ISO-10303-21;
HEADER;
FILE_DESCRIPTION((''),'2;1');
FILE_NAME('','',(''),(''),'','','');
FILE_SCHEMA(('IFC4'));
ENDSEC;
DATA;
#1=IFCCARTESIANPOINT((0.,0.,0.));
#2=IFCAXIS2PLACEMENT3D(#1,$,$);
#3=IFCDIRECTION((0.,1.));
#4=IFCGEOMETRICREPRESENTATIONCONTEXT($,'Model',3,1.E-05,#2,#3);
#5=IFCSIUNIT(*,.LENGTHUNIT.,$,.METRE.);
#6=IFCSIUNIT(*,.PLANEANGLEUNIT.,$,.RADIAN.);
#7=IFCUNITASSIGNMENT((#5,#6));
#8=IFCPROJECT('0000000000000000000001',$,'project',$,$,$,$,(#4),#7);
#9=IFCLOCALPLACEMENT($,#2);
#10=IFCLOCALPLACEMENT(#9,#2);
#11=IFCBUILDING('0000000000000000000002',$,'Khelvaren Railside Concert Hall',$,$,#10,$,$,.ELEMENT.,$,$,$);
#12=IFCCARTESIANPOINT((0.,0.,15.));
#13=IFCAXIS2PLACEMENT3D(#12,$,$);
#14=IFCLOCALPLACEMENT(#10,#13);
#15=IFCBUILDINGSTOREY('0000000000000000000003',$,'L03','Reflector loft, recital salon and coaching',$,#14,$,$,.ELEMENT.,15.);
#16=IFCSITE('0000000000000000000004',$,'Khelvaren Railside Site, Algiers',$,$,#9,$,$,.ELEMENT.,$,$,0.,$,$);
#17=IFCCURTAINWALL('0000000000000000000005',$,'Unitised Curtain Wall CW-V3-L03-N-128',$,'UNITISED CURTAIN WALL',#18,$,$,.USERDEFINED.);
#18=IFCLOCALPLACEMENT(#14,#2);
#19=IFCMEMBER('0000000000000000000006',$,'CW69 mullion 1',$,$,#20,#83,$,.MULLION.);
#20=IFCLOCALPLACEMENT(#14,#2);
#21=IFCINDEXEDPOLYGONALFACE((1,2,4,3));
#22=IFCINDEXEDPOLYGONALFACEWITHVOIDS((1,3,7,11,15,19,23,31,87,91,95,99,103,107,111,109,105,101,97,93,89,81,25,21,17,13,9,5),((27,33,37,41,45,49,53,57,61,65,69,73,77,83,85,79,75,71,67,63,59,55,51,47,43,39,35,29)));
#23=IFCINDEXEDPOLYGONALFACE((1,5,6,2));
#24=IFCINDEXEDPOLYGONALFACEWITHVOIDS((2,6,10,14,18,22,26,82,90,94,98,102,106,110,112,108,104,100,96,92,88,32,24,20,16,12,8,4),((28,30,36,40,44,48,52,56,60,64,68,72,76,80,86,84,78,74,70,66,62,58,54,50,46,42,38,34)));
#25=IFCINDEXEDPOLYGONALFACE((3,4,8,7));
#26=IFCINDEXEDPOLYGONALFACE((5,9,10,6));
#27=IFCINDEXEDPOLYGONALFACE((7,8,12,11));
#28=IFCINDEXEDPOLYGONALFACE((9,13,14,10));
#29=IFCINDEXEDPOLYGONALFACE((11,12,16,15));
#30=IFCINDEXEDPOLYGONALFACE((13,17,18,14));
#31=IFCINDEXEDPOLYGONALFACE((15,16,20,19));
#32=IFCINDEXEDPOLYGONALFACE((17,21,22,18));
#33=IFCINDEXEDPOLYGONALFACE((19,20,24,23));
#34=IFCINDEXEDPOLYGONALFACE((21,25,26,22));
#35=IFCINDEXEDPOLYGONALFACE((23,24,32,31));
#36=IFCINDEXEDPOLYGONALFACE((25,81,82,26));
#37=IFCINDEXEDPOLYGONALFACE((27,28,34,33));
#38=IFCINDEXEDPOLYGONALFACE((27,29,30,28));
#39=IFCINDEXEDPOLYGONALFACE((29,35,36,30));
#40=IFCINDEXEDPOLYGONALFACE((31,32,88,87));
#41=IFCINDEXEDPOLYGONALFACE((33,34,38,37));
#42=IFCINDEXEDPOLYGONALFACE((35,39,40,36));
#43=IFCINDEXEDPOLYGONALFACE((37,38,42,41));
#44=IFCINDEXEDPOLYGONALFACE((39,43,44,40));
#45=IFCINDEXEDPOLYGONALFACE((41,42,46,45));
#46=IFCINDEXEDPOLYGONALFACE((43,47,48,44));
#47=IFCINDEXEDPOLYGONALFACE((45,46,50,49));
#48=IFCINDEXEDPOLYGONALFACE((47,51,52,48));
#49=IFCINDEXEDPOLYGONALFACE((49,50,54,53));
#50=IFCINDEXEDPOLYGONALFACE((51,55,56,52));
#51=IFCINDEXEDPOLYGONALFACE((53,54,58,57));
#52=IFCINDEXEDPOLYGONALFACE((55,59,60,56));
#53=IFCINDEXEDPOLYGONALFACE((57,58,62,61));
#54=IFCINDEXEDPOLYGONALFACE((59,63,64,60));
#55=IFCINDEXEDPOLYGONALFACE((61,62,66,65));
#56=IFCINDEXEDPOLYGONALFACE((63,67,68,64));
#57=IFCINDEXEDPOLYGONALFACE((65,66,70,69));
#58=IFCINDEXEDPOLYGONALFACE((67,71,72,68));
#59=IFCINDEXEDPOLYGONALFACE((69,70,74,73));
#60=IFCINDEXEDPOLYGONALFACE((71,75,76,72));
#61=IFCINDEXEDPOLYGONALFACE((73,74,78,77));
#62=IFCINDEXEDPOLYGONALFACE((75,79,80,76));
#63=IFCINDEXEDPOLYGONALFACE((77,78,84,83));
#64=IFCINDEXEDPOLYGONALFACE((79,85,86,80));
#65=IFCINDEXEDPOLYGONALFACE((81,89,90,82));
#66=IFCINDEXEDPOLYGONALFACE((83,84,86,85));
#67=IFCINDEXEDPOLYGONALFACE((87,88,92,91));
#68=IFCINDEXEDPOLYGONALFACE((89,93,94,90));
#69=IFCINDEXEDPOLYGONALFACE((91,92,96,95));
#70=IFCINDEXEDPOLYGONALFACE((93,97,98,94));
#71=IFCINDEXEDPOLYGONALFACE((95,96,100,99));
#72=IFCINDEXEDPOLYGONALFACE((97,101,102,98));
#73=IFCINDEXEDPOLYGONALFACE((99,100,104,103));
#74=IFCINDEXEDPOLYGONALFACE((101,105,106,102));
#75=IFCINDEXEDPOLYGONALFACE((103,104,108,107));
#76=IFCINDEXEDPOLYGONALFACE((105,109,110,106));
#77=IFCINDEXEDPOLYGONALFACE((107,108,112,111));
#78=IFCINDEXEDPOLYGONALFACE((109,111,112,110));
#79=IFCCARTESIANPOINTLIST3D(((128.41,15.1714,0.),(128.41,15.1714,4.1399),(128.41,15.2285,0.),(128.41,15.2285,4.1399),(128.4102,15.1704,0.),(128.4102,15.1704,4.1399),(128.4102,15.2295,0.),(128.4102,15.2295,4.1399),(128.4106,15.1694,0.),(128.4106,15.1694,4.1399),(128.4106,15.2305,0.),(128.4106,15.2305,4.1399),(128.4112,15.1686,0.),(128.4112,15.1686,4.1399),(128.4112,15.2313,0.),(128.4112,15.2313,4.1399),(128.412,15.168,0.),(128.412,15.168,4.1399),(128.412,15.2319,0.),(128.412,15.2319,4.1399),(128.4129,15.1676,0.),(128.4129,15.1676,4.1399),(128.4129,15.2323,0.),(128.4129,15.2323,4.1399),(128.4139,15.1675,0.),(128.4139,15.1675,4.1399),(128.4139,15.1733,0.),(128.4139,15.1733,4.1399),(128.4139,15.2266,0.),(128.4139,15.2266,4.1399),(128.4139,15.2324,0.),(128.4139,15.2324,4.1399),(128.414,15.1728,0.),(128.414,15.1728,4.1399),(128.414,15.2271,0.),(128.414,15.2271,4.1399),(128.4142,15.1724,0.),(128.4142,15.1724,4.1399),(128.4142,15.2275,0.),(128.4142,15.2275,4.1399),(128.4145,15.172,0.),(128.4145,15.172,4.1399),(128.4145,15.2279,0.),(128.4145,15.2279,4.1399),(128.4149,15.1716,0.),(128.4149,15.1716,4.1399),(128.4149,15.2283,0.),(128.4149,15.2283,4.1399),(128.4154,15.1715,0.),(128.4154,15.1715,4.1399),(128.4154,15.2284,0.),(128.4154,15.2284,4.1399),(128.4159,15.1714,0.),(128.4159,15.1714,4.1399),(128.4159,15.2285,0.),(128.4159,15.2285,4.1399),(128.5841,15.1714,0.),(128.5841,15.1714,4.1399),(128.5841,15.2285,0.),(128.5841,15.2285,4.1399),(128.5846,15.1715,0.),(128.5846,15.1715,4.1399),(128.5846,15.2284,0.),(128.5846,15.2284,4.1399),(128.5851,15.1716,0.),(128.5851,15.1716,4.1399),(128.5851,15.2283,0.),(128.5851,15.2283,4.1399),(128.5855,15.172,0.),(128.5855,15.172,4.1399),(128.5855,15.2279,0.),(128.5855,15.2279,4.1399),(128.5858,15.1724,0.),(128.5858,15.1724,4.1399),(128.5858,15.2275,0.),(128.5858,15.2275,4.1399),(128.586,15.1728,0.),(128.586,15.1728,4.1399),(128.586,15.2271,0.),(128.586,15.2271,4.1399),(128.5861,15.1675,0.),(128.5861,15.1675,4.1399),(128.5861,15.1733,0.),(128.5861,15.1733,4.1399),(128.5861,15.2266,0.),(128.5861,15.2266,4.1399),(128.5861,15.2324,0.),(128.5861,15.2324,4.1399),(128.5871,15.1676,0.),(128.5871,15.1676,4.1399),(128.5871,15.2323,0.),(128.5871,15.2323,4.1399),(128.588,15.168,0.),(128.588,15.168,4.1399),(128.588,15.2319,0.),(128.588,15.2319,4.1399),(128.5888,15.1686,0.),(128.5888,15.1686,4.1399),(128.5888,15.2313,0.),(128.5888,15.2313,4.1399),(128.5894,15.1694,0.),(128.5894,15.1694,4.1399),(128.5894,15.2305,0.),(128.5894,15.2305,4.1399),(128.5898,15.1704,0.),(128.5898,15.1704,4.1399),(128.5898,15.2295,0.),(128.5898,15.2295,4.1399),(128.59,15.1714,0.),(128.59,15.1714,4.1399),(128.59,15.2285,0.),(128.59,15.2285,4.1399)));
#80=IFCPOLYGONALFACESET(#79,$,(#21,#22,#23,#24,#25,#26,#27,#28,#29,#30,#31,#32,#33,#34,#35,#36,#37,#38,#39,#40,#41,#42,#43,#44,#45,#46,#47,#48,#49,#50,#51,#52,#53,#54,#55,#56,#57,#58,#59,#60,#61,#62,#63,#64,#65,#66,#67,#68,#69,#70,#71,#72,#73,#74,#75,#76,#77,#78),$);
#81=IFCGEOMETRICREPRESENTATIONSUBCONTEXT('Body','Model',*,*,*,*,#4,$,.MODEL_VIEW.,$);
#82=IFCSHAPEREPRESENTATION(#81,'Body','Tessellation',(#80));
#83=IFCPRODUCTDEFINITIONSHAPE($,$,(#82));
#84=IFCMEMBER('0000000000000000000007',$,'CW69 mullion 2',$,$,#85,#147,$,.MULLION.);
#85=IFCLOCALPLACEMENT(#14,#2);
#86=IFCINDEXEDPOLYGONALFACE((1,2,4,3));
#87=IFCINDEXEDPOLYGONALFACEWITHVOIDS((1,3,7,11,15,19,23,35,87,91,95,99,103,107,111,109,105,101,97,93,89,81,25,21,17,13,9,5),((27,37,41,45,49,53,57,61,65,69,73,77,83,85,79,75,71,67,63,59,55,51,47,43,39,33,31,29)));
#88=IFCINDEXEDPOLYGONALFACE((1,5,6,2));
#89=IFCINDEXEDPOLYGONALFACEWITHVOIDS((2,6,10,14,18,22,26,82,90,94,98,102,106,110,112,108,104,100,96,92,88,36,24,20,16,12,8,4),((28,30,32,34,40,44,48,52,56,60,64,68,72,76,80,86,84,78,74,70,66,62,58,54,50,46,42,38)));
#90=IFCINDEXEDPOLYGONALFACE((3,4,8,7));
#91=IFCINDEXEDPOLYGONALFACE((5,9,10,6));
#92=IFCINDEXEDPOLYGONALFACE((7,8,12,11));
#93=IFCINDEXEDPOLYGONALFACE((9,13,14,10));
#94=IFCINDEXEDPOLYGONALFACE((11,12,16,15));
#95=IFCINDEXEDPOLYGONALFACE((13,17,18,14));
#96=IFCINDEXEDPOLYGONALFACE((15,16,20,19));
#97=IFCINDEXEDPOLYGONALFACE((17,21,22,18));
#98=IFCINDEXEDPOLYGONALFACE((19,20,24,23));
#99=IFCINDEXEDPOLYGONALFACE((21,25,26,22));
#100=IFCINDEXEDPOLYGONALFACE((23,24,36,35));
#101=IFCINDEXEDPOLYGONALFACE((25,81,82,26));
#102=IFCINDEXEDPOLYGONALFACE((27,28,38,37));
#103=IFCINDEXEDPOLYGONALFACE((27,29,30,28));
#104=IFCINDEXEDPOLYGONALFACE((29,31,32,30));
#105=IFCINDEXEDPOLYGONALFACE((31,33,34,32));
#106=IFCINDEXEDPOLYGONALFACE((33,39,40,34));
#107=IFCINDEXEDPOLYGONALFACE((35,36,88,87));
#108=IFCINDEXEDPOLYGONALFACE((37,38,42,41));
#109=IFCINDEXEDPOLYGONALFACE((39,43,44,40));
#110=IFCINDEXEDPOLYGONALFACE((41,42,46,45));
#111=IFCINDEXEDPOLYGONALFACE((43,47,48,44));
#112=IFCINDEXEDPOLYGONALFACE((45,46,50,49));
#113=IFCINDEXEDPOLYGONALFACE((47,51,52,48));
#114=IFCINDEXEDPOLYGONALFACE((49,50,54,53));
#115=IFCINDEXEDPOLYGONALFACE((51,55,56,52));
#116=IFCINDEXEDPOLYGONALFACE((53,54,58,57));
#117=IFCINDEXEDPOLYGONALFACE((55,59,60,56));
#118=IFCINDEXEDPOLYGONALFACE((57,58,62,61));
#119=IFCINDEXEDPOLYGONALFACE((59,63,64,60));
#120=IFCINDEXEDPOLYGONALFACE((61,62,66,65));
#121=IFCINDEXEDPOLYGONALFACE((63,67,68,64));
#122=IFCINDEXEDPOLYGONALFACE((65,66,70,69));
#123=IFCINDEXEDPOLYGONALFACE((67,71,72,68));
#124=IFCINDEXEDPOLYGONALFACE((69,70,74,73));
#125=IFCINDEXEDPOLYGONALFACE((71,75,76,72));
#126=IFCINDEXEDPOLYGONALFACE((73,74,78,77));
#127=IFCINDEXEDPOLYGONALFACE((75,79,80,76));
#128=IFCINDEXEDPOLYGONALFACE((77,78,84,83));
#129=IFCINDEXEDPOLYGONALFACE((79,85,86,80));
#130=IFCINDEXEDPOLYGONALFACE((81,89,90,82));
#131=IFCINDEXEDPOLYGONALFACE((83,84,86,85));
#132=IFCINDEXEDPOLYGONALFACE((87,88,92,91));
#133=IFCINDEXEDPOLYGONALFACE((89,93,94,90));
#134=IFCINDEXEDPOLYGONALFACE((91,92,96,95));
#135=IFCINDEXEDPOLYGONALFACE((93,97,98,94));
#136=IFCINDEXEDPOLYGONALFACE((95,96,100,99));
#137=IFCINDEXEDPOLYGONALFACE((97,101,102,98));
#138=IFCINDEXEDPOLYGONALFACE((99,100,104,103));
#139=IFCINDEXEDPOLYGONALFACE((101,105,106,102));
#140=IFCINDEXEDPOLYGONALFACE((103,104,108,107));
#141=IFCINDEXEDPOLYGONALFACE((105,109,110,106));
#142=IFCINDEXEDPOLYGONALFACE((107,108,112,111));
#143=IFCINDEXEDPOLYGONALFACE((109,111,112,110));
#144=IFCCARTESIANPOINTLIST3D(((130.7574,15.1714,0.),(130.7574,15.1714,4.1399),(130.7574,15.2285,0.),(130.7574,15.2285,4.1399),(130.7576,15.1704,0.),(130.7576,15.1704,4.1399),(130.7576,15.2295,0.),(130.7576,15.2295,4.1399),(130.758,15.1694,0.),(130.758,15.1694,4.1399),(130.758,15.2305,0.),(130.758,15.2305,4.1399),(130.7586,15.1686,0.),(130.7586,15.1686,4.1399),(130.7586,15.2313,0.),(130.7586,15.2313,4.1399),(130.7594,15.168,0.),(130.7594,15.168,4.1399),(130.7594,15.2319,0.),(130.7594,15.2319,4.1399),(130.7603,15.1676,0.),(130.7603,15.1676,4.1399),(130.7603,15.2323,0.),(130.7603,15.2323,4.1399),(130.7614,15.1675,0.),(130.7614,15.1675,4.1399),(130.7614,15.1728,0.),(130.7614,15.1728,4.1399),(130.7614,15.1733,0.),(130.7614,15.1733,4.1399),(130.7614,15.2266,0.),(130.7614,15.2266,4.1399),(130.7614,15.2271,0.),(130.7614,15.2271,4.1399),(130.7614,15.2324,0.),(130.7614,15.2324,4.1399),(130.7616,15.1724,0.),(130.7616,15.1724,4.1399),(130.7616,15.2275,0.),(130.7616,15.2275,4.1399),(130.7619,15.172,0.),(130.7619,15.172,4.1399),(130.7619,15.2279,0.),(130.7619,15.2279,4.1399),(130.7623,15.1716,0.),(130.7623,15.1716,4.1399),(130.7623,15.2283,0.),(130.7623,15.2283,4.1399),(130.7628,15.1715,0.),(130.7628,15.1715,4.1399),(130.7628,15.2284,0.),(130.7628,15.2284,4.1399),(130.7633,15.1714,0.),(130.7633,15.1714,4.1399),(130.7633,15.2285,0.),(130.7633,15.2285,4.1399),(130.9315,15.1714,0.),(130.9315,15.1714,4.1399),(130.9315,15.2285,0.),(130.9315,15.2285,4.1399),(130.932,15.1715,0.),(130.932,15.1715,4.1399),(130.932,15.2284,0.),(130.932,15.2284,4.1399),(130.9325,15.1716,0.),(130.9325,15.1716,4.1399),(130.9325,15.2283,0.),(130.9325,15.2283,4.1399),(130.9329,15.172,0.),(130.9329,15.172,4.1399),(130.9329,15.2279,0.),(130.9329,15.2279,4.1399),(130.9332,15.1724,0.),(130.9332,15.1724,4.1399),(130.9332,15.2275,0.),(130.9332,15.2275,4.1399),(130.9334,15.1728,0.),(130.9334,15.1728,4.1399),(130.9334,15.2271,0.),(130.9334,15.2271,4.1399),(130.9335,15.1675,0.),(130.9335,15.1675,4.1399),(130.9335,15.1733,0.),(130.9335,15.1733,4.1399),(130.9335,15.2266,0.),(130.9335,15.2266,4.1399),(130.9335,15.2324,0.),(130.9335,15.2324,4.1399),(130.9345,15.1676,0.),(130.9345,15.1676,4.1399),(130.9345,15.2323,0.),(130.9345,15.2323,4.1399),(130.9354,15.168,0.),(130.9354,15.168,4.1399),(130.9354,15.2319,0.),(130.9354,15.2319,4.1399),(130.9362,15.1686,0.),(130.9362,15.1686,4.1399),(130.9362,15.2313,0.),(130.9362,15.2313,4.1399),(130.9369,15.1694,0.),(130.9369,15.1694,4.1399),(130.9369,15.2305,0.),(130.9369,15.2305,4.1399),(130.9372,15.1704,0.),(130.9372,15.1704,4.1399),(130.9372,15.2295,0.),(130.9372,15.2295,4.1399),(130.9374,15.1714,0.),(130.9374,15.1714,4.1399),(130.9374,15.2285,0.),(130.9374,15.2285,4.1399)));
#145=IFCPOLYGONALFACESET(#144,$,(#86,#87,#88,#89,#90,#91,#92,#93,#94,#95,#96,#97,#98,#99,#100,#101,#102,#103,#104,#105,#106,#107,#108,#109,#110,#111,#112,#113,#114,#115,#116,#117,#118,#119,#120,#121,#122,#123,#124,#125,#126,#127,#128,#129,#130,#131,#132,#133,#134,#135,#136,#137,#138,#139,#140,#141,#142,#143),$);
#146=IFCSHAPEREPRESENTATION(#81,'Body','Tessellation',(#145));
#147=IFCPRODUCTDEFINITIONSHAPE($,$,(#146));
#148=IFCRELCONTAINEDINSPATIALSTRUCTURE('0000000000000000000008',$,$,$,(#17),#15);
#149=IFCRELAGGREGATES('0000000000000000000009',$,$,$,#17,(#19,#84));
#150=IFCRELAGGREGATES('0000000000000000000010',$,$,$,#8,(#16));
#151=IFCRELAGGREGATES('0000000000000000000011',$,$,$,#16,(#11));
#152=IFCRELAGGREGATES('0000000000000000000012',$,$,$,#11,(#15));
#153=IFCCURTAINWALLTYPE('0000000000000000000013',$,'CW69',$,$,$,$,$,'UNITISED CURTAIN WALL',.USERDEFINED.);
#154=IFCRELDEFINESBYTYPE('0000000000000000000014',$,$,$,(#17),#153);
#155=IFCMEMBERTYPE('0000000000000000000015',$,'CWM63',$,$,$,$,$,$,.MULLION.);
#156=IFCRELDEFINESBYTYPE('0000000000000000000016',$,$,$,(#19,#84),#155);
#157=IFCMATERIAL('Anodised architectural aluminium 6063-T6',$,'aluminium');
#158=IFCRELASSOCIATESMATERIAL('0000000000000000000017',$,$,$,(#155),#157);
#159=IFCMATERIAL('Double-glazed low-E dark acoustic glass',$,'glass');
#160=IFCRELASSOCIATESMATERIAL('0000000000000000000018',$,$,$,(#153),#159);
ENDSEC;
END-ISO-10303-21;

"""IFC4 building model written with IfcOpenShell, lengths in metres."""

from ifc_helpers import new_model, si_unit, direction, frame, origin, origin_2d, place, context, subcontext, project, spatial, hollow_rectangle, extrude, material, material_profile, profile_set, type_object, element, aggregate, save


model = new_model("IFC4")

# Units and contexts
model_context = context("Model", 3, precision=1e-05, world=origin(), true_north=direction((0.0, 1.0)))
body_context = subcontext(model_context, "Body", "Model", "MODEL_VIEW")
ifc_project = project(units=[si_unit("LENGTHUNIT", "METRE"), si_unit("PLANEANGLEUNIT", "RADIAN")], contexts=[model_context])

# Site, building, storey
site_placement = place(None, origin())
site = spatial("IfcSite", under=ifc_project, at=site_placement, Name="Khelvaren Railside Site, Algiers", CompositionType="ELEMENT", RefElevation=0.0)
building_placement = place(site_placement, origin())
building = spatial("IfcBuilding", under=site, at=building_placement, Name="Khelvaren Railside Concert Hall", CompositionType="ELEMENT")
storey_placement = place(building_placement, frame((0.0, 0.0, 15.0)))
storey = spatial("IfcBuildingStorey", under=building, at=storey_placement, Name="L03", Description="Reflector loft, recital salon and coaching", CompositionType="ELEMENT", Elevation=15.0)

# Shared definitions
ifc_material_1 = material(Name="Double-glazed low-E dark acoustic glass", Category="glass")
ifc_material_2 = material(Name="Anodised architectural aluminium 6063-T6", Category="aluminium")
ifc_material_profile_1 = material_profile(ifc_material_2, hollow_rectangle(XDim=0.0649, YDim=0.1799, WallThickness=0.0039, InnerFilletRadius=0.002, OuterFilletRadius=0.0039, at=origin_2d()), Name="CWM 65x180x4")
ifc_profile_set_1 = profile_set([ifc_material_profile_1], Name="Anodised architectural aluminium 6063-T6")
member_type_1 = type_object("IfcMemberType", Name="CWM63", PredefinedType="MULLION", material=ifc_profile_set_1)

# Curtain wall, members
curtain_wall_type_1 = type_object("IfcCurtainWallType", Name="CW69", ElementType="UNITISED CURTAIN WALL", PredefinedType="USERDEFINED", material=ifc_material_1)
curtain_wall_1_placement = place(storey_placement, origin())
curtain_wall_1 = element("IfcCurtainWall", 1, at=curtain_wall_1_placement, inside=storey, type_object=curtain_wall_type_1, Name="Unitised Curtain Wall CW-V3-L03-N-128", ObjectType="UNITISED CURTAIN WALL", PredefinedType="USERDEFINED")
member_1_placement = place(storey_placement, frame((128.5, 15.2, 0.0), z_axis=(0.0, 0.0, 1.0), x_axis=(0.0, 1.0, 0.0)))
member_1 = element("IfcMember", 2, at=member_1_placement, type_object=member_type_1, Name="CW69 mullion 1", PredefinedType="MULLION", context=body_context, shape_type="SweptSolid", body=[
    extrude(hollow_rectangle(XDim=0.0649, YDim=0.1799, WallThickness=0.0039, InnerFilletRadius=0.002, OuterFilletRadius=0.0039, at=origin_2d()), origin(), (0.0, 0.0, 1.0), 4.1399),
])
member_2_placement = place(storey_placement, frame((130.8474, 15.2, 0.0), z_axis=(0.0, 0.0, 1.0), x_axis=(0.0, 1.0, 0.0)))
member_2 = element("IfcMember", 3, at=member_2_placement, type_object=member_type_1, Name="CW69 mullion 2", PredefinedType="MULLION", context=body_context, shape_type="SweptSolid", body=[
    extrude(hollow_rectangle(XDim=0.0649, YDim=0.1799, WallThickness=0.0039, InnerFilletRadius=0.002, OuterFilletRadius=0.0039, at=origin_2d()), origin(), (0.0, 0.0, 1.0), 4.1399),
])

aggregate(curtain_wall_1, [member_1, member_2])

save(model, "model.ifc")
